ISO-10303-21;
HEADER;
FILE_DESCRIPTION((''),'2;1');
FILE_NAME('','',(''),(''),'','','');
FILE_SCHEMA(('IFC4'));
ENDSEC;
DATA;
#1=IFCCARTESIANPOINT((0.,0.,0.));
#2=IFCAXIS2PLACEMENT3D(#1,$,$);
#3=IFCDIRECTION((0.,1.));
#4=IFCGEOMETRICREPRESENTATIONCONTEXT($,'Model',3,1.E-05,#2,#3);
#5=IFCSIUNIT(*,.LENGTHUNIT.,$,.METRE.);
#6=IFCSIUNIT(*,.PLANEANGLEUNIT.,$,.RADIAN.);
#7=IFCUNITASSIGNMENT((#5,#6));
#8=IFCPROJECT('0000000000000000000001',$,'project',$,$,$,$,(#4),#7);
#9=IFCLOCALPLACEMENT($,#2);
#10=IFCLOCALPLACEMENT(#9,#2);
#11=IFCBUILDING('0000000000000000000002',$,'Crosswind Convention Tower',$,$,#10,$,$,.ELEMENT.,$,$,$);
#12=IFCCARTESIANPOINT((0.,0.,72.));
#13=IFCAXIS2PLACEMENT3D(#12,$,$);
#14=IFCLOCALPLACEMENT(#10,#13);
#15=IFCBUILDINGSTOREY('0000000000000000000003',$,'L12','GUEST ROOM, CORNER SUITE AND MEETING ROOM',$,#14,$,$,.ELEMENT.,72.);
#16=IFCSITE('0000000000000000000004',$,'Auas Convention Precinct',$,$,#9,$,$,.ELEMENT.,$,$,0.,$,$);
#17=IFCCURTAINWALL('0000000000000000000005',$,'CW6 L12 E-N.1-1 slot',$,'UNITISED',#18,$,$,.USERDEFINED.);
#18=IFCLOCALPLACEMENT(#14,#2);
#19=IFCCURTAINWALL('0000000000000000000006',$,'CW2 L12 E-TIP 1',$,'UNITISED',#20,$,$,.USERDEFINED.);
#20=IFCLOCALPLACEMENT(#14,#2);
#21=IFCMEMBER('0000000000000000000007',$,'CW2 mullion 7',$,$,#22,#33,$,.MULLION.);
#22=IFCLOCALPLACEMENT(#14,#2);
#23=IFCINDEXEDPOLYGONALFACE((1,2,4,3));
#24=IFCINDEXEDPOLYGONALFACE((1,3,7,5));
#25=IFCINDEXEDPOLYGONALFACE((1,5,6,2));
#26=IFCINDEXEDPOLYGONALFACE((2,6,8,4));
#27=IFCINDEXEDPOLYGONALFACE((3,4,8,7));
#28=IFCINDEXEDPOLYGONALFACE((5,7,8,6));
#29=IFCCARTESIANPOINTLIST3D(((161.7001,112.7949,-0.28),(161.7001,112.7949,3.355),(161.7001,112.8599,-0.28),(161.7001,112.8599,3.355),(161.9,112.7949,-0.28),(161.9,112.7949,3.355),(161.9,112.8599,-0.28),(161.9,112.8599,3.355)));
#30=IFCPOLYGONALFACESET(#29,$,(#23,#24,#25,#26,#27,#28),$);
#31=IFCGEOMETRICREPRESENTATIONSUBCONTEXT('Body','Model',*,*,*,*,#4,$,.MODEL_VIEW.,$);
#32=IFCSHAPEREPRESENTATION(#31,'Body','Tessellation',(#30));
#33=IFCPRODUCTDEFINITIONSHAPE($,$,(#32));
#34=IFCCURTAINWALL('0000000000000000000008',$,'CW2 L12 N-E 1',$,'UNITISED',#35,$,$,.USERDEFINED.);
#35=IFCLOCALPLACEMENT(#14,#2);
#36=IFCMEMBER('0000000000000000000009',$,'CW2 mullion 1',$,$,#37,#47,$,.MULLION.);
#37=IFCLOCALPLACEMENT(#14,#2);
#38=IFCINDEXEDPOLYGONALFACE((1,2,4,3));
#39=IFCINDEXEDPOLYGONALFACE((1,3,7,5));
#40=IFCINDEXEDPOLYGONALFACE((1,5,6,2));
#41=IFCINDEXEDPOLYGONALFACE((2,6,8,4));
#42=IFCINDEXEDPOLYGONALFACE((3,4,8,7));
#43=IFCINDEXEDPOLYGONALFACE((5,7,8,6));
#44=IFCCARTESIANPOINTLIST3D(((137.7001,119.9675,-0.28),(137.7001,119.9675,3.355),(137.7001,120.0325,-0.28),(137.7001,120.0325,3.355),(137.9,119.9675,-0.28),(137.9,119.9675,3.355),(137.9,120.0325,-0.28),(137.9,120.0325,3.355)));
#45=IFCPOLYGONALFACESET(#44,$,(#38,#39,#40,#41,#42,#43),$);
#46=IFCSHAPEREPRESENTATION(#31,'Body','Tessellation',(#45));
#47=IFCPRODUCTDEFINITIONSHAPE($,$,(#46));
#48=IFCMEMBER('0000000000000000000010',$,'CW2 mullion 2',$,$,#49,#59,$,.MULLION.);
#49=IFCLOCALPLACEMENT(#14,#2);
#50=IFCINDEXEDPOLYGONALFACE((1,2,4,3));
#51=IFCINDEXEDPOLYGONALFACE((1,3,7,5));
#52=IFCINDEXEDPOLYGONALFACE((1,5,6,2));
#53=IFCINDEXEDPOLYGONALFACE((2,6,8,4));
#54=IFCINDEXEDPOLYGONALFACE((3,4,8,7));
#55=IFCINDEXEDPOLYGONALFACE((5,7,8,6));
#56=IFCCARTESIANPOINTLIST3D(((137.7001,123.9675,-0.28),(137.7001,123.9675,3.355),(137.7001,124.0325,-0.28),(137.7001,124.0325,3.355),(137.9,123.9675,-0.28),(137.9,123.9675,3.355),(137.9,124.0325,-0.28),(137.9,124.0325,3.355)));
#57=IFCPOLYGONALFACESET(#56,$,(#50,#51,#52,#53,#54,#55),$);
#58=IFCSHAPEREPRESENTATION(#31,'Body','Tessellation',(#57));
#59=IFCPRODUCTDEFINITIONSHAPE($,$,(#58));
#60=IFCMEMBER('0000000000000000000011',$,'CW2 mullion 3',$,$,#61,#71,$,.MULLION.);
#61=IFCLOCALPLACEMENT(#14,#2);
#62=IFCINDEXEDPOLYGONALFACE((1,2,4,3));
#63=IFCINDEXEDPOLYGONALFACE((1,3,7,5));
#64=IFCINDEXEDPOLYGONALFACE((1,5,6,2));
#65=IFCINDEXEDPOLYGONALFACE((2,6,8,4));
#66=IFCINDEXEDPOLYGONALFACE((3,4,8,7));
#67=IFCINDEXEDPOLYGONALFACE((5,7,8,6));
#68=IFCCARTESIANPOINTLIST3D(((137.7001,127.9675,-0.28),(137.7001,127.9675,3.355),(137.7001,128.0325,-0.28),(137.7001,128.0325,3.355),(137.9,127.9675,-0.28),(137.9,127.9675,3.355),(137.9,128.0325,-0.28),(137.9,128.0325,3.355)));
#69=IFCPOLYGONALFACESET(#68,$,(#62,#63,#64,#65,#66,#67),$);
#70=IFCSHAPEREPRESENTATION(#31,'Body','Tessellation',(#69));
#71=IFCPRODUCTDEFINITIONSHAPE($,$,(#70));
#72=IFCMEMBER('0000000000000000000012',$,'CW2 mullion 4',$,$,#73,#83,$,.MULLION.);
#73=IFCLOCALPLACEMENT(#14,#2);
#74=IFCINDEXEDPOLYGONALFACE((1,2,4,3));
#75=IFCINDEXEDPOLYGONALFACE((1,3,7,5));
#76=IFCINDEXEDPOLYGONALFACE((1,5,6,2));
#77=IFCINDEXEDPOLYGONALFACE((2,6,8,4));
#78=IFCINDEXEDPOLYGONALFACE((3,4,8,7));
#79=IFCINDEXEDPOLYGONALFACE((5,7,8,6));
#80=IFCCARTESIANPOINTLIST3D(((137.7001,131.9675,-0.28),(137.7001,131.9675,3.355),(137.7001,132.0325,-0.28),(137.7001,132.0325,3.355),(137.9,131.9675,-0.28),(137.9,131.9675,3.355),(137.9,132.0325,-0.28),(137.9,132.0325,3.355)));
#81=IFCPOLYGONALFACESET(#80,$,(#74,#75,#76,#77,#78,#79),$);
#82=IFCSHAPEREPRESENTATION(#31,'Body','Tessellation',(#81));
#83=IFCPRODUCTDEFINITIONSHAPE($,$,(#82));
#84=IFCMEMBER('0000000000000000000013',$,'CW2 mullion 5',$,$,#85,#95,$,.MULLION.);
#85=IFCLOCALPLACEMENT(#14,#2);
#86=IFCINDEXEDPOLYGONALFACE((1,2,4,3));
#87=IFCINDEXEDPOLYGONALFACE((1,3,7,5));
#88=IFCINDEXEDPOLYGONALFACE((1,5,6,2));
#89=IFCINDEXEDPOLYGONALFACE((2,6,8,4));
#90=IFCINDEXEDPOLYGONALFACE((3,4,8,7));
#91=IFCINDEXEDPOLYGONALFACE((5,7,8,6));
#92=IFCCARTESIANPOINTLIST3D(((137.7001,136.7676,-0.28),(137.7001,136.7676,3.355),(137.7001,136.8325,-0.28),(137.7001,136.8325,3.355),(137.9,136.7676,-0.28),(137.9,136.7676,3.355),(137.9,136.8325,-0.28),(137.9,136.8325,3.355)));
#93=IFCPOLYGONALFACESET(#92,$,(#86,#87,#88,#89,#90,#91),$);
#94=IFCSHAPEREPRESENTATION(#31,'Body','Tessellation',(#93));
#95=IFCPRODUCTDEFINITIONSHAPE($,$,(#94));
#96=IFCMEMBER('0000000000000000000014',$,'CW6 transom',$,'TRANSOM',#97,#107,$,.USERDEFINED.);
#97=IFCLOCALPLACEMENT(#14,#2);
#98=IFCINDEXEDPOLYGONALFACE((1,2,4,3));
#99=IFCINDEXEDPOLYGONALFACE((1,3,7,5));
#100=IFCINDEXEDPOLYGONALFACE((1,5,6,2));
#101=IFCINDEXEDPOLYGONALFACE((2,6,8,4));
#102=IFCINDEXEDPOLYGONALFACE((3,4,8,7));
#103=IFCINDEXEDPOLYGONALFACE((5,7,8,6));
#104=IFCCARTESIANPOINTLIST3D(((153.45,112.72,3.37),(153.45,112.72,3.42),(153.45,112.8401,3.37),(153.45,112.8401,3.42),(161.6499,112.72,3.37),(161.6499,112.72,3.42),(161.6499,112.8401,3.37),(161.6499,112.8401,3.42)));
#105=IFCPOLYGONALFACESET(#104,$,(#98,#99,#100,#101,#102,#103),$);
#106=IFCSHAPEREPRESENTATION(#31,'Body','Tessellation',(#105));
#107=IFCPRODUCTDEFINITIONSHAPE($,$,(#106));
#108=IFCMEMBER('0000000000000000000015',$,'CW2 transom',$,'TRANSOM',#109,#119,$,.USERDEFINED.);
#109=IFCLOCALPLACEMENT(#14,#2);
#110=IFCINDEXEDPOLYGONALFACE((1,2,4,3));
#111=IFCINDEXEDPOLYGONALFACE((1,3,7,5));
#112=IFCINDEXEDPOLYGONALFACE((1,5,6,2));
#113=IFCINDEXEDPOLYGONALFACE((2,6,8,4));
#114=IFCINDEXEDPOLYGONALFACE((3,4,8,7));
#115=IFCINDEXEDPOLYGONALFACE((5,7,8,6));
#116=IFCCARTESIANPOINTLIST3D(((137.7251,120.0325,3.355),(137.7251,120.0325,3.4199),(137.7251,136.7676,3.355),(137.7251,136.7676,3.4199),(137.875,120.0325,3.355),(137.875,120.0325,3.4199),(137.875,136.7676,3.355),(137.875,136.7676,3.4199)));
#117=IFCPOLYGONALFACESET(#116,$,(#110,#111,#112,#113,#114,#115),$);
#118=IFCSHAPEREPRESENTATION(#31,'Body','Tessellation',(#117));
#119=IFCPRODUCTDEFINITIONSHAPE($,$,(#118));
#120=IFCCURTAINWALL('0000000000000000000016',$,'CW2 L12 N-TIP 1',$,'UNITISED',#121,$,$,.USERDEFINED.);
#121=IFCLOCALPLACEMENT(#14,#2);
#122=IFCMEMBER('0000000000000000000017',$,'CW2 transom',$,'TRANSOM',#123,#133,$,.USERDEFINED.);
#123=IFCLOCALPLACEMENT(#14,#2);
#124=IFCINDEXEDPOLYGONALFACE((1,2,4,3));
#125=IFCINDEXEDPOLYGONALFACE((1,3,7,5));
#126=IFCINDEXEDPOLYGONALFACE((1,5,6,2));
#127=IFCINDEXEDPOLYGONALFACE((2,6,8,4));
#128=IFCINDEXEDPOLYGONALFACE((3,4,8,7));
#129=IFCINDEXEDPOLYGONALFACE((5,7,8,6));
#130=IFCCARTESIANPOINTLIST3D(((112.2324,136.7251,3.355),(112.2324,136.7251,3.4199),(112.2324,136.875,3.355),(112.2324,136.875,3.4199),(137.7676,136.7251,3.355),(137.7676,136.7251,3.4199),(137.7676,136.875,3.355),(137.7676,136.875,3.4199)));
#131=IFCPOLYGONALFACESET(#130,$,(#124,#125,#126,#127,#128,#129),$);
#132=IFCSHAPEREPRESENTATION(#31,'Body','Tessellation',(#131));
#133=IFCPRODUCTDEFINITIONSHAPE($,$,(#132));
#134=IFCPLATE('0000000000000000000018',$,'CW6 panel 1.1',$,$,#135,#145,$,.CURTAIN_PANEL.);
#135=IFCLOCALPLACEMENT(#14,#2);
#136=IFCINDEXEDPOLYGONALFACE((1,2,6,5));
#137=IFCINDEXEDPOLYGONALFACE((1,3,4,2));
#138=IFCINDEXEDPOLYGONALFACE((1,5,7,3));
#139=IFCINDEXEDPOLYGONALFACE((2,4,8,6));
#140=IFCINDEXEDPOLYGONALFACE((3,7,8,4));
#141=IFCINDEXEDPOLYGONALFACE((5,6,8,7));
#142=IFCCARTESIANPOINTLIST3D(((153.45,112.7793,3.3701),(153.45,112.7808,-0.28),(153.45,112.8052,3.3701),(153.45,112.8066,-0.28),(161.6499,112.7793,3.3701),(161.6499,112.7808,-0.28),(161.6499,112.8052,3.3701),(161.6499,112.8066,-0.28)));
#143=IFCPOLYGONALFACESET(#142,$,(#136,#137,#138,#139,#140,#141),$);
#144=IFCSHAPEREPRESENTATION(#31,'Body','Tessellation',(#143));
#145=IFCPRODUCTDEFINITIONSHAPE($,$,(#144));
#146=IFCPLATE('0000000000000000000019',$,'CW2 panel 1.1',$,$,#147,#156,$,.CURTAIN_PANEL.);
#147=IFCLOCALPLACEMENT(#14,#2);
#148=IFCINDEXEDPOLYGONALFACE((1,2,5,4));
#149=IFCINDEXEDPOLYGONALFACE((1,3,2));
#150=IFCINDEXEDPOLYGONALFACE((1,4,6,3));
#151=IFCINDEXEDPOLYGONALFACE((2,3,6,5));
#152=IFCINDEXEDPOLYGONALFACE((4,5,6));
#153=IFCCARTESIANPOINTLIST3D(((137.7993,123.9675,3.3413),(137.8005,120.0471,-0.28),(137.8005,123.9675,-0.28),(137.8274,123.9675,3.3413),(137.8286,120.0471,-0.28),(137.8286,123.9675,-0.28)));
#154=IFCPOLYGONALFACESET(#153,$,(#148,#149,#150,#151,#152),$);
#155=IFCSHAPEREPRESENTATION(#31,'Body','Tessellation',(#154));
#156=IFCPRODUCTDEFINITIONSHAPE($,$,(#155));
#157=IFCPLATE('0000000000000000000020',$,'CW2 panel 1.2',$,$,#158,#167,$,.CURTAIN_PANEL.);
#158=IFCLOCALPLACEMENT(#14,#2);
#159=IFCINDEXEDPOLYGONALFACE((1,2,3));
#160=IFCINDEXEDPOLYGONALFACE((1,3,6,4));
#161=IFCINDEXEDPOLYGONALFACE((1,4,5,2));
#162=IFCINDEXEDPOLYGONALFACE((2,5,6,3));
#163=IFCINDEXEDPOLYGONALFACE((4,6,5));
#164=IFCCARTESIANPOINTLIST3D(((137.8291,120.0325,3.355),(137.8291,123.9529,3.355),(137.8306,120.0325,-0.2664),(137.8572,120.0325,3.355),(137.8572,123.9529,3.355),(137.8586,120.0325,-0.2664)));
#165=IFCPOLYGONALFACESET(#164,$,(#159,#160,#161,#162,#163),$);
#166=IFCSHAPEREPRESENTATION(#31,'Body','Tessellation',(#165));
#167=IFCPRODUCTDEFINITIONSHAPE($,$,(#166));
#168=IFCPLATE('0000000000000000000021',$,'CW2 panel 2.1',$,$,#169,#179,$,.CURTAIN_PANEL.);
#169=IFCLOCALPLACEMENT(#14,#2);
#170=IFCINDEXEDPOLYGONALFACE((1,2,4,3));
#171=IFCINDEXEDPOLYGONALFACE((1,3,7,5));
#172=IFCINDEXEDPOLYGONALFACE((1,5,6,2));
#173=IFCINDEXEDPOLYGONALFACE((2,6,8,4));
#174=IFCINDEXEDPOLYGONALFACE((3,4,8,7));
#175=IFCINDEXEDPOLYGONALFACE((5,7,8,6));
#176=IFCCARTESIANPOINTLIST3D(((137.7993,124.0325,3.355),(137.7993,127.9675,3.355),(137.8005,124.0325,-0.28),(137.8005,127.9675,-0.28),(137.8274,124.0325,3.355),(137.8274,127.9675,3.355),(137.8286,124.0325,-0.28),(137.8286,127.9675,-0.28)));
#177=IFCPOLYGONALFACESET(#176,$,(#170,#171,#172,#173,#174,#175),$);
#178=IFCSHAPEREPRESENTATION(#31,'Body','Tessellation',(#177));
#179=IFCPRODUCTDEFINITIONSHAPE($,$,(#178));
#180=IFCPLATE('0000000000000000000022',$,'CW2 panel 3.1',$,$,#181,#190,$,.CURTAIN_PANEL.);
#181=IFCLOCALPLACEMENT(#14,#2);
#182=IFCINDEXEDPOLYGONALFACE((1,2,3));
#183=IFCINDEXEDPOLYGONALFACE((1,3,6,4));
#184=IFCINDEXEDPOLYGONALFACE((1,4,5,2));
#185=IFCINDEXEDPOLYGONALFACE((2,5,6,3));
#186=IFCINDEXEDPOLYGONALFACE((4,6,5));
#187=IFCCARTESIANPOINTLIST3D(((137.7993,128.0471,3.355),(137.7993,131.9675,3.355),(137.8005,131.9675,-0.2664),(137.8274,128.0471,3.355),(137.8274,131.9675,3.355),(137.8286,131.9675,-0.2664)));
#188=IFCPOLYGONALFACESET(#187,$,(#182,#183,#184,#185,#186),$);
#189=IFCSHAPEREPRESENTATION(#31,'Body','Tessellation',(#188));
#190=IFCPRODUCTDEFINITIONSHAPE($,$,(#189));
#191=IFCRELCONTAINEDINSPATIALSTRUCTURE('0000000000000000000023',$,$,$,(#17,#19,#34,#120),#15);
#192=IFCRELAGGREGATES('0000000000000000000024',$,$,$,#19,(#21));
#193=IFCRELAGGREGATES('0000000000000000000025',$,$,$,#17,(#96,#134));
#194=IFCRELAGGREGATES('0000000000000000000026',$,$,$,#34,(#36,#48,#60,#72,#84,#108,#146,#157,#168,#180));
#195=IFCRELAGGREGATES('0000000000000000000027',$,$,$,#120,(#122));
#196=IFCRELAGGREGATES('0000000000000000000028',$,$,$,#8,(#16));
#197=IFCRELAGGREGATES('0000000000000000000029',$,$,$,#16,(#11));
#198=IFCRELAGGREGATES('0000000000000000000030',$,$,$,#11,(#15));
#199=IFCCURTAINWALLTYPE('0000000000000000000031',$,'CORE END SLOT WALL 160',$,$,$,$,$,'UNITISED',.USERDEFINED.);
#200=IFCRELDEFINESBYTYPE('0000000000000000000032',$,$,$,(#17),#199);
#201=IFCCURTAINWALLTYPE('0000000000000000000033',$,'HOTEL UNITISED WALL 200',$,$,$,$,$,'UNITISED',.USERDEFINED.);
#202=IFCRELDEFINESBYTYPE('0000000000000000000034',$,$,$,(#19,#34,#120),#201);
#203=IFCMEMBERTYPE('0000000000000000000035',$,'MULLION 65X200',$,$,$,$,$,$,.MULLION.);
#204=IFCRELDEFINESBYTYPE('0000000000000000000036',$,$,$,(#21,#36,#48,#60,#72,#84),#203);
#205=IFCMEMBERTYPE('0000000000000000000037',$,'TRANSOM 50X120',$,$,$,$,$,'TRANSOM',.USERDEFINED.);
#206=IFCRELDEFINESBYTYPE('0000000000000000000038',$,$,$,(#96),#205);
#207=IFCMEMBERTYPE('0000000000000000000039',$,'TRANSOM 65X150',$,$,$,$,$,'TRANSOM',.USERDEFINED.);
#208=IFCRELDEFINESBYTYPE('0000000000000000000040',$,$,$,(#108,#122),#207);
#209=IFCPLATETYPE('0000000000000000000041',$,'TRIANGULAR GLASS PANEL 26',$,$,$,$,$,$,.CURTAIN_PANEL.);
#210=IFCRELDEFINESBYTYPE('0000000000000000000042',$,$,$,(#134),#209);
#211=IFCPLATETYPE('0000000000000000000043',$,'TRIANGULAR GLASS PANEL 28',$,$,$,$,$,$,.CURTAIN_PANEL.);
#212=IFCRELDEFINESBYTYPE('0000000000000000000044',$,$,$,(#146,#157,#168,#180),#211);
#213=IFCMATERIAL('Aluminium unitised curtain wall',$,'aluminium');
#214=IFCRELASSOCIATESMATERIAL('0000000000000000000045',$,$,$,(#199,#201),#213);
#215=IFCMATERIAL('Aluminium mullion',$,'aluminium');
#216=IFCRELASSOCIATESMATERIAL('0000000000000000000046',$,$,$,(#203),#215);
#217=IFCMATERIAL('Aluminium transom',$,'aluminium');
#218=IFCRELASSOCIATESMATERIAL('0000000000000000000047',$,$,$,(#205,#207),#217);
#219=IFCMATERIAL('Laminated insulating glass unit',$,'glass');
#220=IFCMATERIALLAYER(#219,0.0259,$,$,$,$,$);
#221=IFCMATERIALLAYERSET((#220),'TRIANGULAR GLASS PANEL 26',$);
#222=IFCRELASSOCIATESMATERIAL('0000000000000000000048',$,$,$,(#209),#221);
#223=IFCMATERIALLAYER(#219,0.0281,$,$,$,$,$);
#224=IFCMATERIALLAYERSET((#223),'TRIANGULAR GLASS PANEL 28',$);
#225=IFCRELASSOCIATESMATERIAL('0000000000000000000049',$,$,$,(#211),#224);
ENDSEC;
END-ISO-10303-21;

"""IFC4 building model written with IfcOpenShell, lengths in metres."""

from ifc_helpers import new_model, si_unit, direction, frame, origin, origin_2d, place, context, subcontext, project, spatial, polyline, rectangle, outline, extrude, material, layer, layer_set, material_profile, profile_set, type_object, element, aggregate, save


model = new_model("IFC4")

# Units and contexts
model_context = context("Model", 3, precision=1e-05, world=origin(), true_north=direction((0.0, 1.0)))
body_context = subcontext(model_context, "Body", "Model", "MODEL_VIEW")
ifc_project = project(units=[si_unit("LENGTHUNIT", "METRE"), si_unit("PLANEANGLEUNIT", "RADIAN")], contexts=[model_context])

# Site, building, storey
site_placement = place(None, origin())
site = spatial("IfcSite", under=ifc_project, at=site_placement, Name="Auas Convention Precinct", CompositionType="ELEMENT", RefElevation=0.0)
building_placement = place(site_placement, origin())
building = spatial("IfcBuilding", under=site, at=building_placement, Name="Crosswind Convention Tower", CompositionType="ELEMENT")
storey_placement = place(building_placement, frame((0.0, 0.0, 72.0)))
storey = spatial("IfcBuildingStorey", under=building, at=storey_placement, Name="L12", Description="GUEST ROOM, CORNER SUITE AND MEETING ROOM", CompositionType="ELEMENT", Elevation=72.0)

# Curtain wall
ifc_material_1 = material(Name="Aluminium unitised curtain wall", Category="aluminium")
curtain_wall_type_1 = type_object("IfcCurtainWallType", Name="CORE END SLOT WALL 160", ElementType="UNITISED", PredefinedType="USERDEFINED", material=ifc_material_1)
curtain_wall_1_placement = place(storey_placement, origin())
curtain_wall_1 = element("IfcCurtainWall", 1, at=curtain_wall_1_placement, inside=storey, type_object=curtain_wall_type_1, Name="CW6 L12 E-N.1-1 slot", ObjectType="UNITISED", PredefinedType="USERDEFINED")
ifc_material_2 = material(Name="Aluminium mullion", Category="aluminium")

# Curtain wall, member
curtain_wall_type_2 = type_object("IfcCurtainWallType", Name="HOTEL UNITISED WALL 200", ElementType="UNITISED", PredefinedType="USERDEFINED", material=ifc_material_1)
curtain_wall_2_placement = place(storey_placement, origin())
curtain_wall_2 = element("IfcCurtainWall", 2, at=curtain_wall_2_placement, inside=storey, type_object=curtain_wall_type_2, Name="CW2 L12 E-TIP 1", ObjectType="UNITISED", PredefinedType="USERDEFINED")
ifc_material_profile_1 = material_profile(ifc_material_2, rectangle(XDim=0.2, YDim=0.0649, at=origin_2d()), Name="AL 200X65")
ifc_profile_set_1 = profile_set([ifc_material_profile_1], Name="Aluminium mullion")
member_type_1 = type_object("IfcMemberType", Name="MULLION 65X200", PredefinedType="MULLION", material=ifc_profile_set_1)
member_1_placement = place(storey_placement, frame((161.8, 112.8274, -0.28), z_axis=(0.0, 0.0, 1.0), x_axis=(1.0, 0.0, 0.0)))
member_1 = element("IfcMember", 3, at=member_1_placement, type_object=member_type_1, Name="CW2 mullion 7", PredefinedType="MULLION", context=body_context, shape_type="SweptSolid", body=[
    extrude(rectangle(XDim=0.2, YDim=0.0649, at=origin_2d()), origin(), (0.0, 0.0, 1.0), 3.635),
])
aggregate(curtain_wall_2, [member_1])

# Curtain wall, members
curtain_wall_3_placement = place(storey_placement, origin())
curtain_wall_3 = element("IfcCurtainWall", 4, at=curtain_wall_3_placement, inside=storey, type_object=curtain_wall_type_2, Name="CW2 L12 N-E 1", ObjectType="UNITISED", PredefinedType="USERDEFINED")
member_2_placement = place(storey_placement, frame((137.8, 120.0, -0.28), z_axis=(0.0, 0.0, 1.0), x_axis=(1.0, 0.0, 0.0)))
member_2 = element("IfcMember", 5, at=member_2_placement, type_object=member_type_1, Name="CW2 mullion 1", PredefinedType="MULLION", context=body_context, shape_type="SweptSolid", body=[
    extrude(rectangle(XDim=0.2, YDim=0.0649, at=origin_2d()), origin(), (0.0, 0.0, 1.0), 3.635),
])
member_3_placement = place(storey_placement, frame((137.8, 124.0, -0.28), z_axis=(0.0, 0.0, 1.0), x_axis=(1.0, 0.0, 0.0)))
member_3 = element("IfcMember", 6, at=member_3_placement, type_object=member_type_1, Name="CW2 mullion 2", PredefinedType="MULLION", context=body_context, shape_type="SweptSolid", body=[
    extrude(rectangle(XDim=0.2, YDim=0.0649, at=origin_2d()), origin(), (0.0, 0.0, 1.0), 3.635),
])
member_4_placement = place(storey_placement, frame((137.8, 128.0, -0.28), z_axis=(0.0, 0.0, 1.0), x_axis=(1.0, 0.0, 0.0)))
member_4 = element("IfcMember", 7, at=member_4_placement, type_object=member_type_1, Name="CW2 mullion 3", PredefinedType="MULLION", context=body_context, shape_type="SweptSolid", body=[
    extrude(rectangle(XDim=0.2, YDim=0.0649, at=origin_2d()), origin(), (0.0, 0.0, 1.0), 3.635),
])
member_5_placement = place(storey_placement, frame((137.8, 132.0, -0.28), z_axis=(0.0, 0.0, 1.0), x_axis=(1.0, 0.0, 0.0)))
member_5 = element("IfcMember", 8, at=member_5_placement, type_object=member_type_1, Name="CW2 mullion 4", PredefinedType="MULLION", context=body_context, shape_type="SweptSolid", body=[
    extrude(rectangle(XDim=0.2, YDim=0.0649, at=origin_2d()), origin(), (0.0, 0.0, 1.0), 3.635),
])
member_6_placement = place(storey_placement, frame((137.8, 136.8, -0.28), z_axis=(0.0, 0.0, 1.0), x_axis=(1.0, 0.0, 0.0)))
member_6 = element("IfcMember", 9, at=member_6_placement, type_object=member_type_1, Name="CW2 mullion 5", PredefinedType="MULLION", context=body_context, shape_type="SweptSolid", body=[
    extrude(rectangle(XDim=0.2, YDim=0.0649, at=origin_2d()), origin(), (0.0, 0.0, 1.0), 3.635),
])

# Members
ifc_material_3 = material(Name="Aluminium transom", Category="aluminium")
ifc_material_profile_2 = material_profile(ifc_material_3, rectangle(XDim=0.1201, YDim=0.05, at=origin_2d()), Name="AL 120X50")
ifc_profile_set_2 = profile_set([ifc_material_profile_2], Name="Aluminium transom")
member_type_2 = type_object("IfcMemberType", Name="TRANSOM 50X120", ElementType="TRANSOM", PredefinedType="USERDEFINED", material=ifc_profile_set_2)
member_7_placement = place(storey_placement, frame((161.6499, 112.78, 3.395), z_axis=(-1.0, 0.0, 0.0), x_axis=(0.0, -1.0, 0.0)))
member_7 = element("IfcMember", 10, at=member_7_placement, type_object=member_type_2, Name="CW6 transom", ObjectType="TRANSOM", PredefinedType="USERDEFINED", context=body_context, shape_type="SweptSolid", body=[
    extrude(rectangle(XDim=0.1201, YDim=0.05, at=origin_2d()), origin(), (0.0, 0.0, 1.0), 8.2),
])
ifc_material_profile_3 = material_profile(ifc_material_3, rectangle(XDim=0.1499, YDim=0.0649, at=origin_2d()), Name="AL 150X65")
ifc_profile_set_3 = profile_set([ifc_material_profile_3], Name="Aluminium transom")
member_type_3 = type_object("IfcMemberType", Name="TRANSOM 65X150", ElementType="TRANSOM", PredefinedType="USERDEFINED", material=ifc_profile_set_3)
member_8_placement = place(storey_placement, frame((137.8, 120.0325, 3.3875), z_axis=(0.0, 1.0, 0.0), x_axis=(-1.0, 0.0, 0.0)))
member_8 = element("IfcMember", 11, at=member_8_placement, type_object=member_type_3, Name="CW2 transom", ObjectType="TRANSOM", PredefinedType="USERDEFINED", context=body_context, shape_type="SweptSolid", body=[
    extrude(rectangle(XDim=0.1499, YDim=0.0649, at=origin_2d()), origin(), (0.0, 0.0, 1.0), 16.7351),
])

# Curtain wall, member
curtain_wall_4_placement = place(storey_placement, origin())
curtain_wall_4 = element("IfcCurtainWall", 12, at=curtain_wall_4_placement, inside=storey, type_object=curtain_wall_type_2, Name="CW2 L12 N-TIP 1", ObjectType="UNITISED", PredefinedType="USERDEFINED")
member_9_placement = place(storey_placement, frame((137.7676, 136.8, 3.3875), z_axis=(-1.0, 0.0, 0.0), x_axis=(0.0, -1.0, 0.0)))
member_9 = element("IfcMember", 13, at=member_9_placement, type_object=member_type_3, Name="CW2 transom", ObjectType="TRANSOM", PredefinedType="USERDEFINED", context=body_context, shape_type="SweptSolid", body=[
    extrude(rectangle(XDim=0.1499, YDim=0.0649, at=origin_2d()), origin(), (0.0, 0.0, 1.0), 25.5352),
])

# Plates
ifc_material_4 = material(Name="Laminated insulating glass unit", Category="glass")
ifc_layer_1 = layer(ifc_material_4, 0.0259)
ifc_layer_set_1 = layer_set([ifc_layer_1], Name="TRIANGULAR GLASS PANEL 26")
plate_type_1 = type_object("IfcPlateType", Name="TRIANGULAR GLASS PANEL 26", PredefinedType="CURTAIN_PANEL", material=ifc_layer_set_1)
plate_1_placement = place(storey_placement, frame((161.6499, 112.8066, -0.28), z_axis=(0.0, 1.0, 0.000401), x_axis=(-1.0, 0.0, 0.0)))
plate_1 = element("IfcPlate", 14, at=plate_1_placement, type_object=plate_type_1, Name="CW6 panel 1.1", PredefinedType="CURTAIN_PANEL", context=body_context, shape_type="SweptSolid", body=[
    extrude(outline(polyline([(0.0, 0.0), (8.2, 0.0), (8.2, 3.6501), (0.0, 3.6501), (0.0, 0.0)])), origin(), (0.0, 0.0, -1.0), 0.0259),
])
aggregate(curtain_wall_1, [member_7, plate_1])
ifc_layer_2 = layer(ifc_material_4, 0.0281)
ifc_layer_set_2 = layer_set([ifc_layer_2], Name="TRIANGULAR GLASS PANEL 28")
plate_type_2 = type_object("IfcPlateType", Name="TRIANGULAR GLASS PANEL 28", PredefinedType="CURTAIN_PANEL", material=ifc_layer_set_2)
plate_2_placement = place(storey_placement, frame((137.8286, 123.9675, -0.28), z_axis=(1.0, 0.0, 0.000337), x_axis=(-0.000337, 0.0, 1.0)))
plate_2 = element("IfcPlate", 15, at=plate_2_placement, type_object=plate_type_2, Name="CW2 panel 1.1", PredefinedType="CURTAIN_PANEL", context=body_context, shape_type="SweptSolid", body=[
    extrude(outline(polyline([(0.0, 0.0), (3.6213, 0.0), (0.0, 3.9204), (0.0, 0.0)])), origin(), (0.0, 0.0, -1.0), 0.0281),
])
plate_3_placement = place(storey_placement, frame((137.8572, 120.0325, 3.355), z_axis=(1.0, 0.0, 0.000405), x_axis=(0.000405, 0.0, -1.0)))
plate_3 = element("IfcPlate", 16, at=plate_3_placement, type_object=plate_type_2, Name="CW2 panel 1.2", PredefinedType="CURTAIN_PANEL", context=body_context, shape_type="SweptSolid", body=[
    extrude(outline(polyline([(0.0, 0.0), (3.6213, 0.0), (0.0, 3.9204), (0.0, 0.0)])), origin(), (0.0, 0.0, -1.0), 0.0281),
])
plate_4_placement = place(storey_placement, frame((137.8286, 124.0325, -0.28), z_axis=(1.0, 0.0, 0.000336), x_axis=(0.0, 1.0, 0.0)))
plate_4 = element("IfcPlate", 17, at=plate_4_placement, type_object=plate_type_2, Name="CW2 panel 2.1", PredefinedType="CURTAIN_PANEL", context=body_context, shape_type="SweptSolid", body=[
    extrude(outline(polyline([(0.0, 0.0), (3.9351, 0.0), (3.9351, 3.635), (0.0, 3.635), (0.0, 0.0)])), origin(), (0.0, 0.0, -1.0), 0.0281),
])
plate_5_placement = place(storey_placement, frame((137.8274, 131.9675, 3.355), z_axis=(1.0, 0.0, 0.000337), x_axis=(0.0, -1.0, 0.0)))
plate_5 = element("IfcPlate", 18, at=plate_5_placement, type_object=plate_type_2, Name="CW2 panel 3.1", PredefinedType="CURTAIN_PANEL", context=body_context, shape_type="SweptSolid", body=[
    extrude(outline(polyline([(0.0, 0.0), (3.9204, 0.0), (0.0, 3.6213), (0.0, 0.0)])), origin(), (0.0, 0.0, -1.0), 0.0281),
])

aggregate(curtain_wall_3, [member_2, member_3, member_4, member_5, member_6, member_8, plate_2, plate_3, plate_4, plate_5])
aggregate(curtain_wall_4, [member_9])

save(model, "model.ifc")
